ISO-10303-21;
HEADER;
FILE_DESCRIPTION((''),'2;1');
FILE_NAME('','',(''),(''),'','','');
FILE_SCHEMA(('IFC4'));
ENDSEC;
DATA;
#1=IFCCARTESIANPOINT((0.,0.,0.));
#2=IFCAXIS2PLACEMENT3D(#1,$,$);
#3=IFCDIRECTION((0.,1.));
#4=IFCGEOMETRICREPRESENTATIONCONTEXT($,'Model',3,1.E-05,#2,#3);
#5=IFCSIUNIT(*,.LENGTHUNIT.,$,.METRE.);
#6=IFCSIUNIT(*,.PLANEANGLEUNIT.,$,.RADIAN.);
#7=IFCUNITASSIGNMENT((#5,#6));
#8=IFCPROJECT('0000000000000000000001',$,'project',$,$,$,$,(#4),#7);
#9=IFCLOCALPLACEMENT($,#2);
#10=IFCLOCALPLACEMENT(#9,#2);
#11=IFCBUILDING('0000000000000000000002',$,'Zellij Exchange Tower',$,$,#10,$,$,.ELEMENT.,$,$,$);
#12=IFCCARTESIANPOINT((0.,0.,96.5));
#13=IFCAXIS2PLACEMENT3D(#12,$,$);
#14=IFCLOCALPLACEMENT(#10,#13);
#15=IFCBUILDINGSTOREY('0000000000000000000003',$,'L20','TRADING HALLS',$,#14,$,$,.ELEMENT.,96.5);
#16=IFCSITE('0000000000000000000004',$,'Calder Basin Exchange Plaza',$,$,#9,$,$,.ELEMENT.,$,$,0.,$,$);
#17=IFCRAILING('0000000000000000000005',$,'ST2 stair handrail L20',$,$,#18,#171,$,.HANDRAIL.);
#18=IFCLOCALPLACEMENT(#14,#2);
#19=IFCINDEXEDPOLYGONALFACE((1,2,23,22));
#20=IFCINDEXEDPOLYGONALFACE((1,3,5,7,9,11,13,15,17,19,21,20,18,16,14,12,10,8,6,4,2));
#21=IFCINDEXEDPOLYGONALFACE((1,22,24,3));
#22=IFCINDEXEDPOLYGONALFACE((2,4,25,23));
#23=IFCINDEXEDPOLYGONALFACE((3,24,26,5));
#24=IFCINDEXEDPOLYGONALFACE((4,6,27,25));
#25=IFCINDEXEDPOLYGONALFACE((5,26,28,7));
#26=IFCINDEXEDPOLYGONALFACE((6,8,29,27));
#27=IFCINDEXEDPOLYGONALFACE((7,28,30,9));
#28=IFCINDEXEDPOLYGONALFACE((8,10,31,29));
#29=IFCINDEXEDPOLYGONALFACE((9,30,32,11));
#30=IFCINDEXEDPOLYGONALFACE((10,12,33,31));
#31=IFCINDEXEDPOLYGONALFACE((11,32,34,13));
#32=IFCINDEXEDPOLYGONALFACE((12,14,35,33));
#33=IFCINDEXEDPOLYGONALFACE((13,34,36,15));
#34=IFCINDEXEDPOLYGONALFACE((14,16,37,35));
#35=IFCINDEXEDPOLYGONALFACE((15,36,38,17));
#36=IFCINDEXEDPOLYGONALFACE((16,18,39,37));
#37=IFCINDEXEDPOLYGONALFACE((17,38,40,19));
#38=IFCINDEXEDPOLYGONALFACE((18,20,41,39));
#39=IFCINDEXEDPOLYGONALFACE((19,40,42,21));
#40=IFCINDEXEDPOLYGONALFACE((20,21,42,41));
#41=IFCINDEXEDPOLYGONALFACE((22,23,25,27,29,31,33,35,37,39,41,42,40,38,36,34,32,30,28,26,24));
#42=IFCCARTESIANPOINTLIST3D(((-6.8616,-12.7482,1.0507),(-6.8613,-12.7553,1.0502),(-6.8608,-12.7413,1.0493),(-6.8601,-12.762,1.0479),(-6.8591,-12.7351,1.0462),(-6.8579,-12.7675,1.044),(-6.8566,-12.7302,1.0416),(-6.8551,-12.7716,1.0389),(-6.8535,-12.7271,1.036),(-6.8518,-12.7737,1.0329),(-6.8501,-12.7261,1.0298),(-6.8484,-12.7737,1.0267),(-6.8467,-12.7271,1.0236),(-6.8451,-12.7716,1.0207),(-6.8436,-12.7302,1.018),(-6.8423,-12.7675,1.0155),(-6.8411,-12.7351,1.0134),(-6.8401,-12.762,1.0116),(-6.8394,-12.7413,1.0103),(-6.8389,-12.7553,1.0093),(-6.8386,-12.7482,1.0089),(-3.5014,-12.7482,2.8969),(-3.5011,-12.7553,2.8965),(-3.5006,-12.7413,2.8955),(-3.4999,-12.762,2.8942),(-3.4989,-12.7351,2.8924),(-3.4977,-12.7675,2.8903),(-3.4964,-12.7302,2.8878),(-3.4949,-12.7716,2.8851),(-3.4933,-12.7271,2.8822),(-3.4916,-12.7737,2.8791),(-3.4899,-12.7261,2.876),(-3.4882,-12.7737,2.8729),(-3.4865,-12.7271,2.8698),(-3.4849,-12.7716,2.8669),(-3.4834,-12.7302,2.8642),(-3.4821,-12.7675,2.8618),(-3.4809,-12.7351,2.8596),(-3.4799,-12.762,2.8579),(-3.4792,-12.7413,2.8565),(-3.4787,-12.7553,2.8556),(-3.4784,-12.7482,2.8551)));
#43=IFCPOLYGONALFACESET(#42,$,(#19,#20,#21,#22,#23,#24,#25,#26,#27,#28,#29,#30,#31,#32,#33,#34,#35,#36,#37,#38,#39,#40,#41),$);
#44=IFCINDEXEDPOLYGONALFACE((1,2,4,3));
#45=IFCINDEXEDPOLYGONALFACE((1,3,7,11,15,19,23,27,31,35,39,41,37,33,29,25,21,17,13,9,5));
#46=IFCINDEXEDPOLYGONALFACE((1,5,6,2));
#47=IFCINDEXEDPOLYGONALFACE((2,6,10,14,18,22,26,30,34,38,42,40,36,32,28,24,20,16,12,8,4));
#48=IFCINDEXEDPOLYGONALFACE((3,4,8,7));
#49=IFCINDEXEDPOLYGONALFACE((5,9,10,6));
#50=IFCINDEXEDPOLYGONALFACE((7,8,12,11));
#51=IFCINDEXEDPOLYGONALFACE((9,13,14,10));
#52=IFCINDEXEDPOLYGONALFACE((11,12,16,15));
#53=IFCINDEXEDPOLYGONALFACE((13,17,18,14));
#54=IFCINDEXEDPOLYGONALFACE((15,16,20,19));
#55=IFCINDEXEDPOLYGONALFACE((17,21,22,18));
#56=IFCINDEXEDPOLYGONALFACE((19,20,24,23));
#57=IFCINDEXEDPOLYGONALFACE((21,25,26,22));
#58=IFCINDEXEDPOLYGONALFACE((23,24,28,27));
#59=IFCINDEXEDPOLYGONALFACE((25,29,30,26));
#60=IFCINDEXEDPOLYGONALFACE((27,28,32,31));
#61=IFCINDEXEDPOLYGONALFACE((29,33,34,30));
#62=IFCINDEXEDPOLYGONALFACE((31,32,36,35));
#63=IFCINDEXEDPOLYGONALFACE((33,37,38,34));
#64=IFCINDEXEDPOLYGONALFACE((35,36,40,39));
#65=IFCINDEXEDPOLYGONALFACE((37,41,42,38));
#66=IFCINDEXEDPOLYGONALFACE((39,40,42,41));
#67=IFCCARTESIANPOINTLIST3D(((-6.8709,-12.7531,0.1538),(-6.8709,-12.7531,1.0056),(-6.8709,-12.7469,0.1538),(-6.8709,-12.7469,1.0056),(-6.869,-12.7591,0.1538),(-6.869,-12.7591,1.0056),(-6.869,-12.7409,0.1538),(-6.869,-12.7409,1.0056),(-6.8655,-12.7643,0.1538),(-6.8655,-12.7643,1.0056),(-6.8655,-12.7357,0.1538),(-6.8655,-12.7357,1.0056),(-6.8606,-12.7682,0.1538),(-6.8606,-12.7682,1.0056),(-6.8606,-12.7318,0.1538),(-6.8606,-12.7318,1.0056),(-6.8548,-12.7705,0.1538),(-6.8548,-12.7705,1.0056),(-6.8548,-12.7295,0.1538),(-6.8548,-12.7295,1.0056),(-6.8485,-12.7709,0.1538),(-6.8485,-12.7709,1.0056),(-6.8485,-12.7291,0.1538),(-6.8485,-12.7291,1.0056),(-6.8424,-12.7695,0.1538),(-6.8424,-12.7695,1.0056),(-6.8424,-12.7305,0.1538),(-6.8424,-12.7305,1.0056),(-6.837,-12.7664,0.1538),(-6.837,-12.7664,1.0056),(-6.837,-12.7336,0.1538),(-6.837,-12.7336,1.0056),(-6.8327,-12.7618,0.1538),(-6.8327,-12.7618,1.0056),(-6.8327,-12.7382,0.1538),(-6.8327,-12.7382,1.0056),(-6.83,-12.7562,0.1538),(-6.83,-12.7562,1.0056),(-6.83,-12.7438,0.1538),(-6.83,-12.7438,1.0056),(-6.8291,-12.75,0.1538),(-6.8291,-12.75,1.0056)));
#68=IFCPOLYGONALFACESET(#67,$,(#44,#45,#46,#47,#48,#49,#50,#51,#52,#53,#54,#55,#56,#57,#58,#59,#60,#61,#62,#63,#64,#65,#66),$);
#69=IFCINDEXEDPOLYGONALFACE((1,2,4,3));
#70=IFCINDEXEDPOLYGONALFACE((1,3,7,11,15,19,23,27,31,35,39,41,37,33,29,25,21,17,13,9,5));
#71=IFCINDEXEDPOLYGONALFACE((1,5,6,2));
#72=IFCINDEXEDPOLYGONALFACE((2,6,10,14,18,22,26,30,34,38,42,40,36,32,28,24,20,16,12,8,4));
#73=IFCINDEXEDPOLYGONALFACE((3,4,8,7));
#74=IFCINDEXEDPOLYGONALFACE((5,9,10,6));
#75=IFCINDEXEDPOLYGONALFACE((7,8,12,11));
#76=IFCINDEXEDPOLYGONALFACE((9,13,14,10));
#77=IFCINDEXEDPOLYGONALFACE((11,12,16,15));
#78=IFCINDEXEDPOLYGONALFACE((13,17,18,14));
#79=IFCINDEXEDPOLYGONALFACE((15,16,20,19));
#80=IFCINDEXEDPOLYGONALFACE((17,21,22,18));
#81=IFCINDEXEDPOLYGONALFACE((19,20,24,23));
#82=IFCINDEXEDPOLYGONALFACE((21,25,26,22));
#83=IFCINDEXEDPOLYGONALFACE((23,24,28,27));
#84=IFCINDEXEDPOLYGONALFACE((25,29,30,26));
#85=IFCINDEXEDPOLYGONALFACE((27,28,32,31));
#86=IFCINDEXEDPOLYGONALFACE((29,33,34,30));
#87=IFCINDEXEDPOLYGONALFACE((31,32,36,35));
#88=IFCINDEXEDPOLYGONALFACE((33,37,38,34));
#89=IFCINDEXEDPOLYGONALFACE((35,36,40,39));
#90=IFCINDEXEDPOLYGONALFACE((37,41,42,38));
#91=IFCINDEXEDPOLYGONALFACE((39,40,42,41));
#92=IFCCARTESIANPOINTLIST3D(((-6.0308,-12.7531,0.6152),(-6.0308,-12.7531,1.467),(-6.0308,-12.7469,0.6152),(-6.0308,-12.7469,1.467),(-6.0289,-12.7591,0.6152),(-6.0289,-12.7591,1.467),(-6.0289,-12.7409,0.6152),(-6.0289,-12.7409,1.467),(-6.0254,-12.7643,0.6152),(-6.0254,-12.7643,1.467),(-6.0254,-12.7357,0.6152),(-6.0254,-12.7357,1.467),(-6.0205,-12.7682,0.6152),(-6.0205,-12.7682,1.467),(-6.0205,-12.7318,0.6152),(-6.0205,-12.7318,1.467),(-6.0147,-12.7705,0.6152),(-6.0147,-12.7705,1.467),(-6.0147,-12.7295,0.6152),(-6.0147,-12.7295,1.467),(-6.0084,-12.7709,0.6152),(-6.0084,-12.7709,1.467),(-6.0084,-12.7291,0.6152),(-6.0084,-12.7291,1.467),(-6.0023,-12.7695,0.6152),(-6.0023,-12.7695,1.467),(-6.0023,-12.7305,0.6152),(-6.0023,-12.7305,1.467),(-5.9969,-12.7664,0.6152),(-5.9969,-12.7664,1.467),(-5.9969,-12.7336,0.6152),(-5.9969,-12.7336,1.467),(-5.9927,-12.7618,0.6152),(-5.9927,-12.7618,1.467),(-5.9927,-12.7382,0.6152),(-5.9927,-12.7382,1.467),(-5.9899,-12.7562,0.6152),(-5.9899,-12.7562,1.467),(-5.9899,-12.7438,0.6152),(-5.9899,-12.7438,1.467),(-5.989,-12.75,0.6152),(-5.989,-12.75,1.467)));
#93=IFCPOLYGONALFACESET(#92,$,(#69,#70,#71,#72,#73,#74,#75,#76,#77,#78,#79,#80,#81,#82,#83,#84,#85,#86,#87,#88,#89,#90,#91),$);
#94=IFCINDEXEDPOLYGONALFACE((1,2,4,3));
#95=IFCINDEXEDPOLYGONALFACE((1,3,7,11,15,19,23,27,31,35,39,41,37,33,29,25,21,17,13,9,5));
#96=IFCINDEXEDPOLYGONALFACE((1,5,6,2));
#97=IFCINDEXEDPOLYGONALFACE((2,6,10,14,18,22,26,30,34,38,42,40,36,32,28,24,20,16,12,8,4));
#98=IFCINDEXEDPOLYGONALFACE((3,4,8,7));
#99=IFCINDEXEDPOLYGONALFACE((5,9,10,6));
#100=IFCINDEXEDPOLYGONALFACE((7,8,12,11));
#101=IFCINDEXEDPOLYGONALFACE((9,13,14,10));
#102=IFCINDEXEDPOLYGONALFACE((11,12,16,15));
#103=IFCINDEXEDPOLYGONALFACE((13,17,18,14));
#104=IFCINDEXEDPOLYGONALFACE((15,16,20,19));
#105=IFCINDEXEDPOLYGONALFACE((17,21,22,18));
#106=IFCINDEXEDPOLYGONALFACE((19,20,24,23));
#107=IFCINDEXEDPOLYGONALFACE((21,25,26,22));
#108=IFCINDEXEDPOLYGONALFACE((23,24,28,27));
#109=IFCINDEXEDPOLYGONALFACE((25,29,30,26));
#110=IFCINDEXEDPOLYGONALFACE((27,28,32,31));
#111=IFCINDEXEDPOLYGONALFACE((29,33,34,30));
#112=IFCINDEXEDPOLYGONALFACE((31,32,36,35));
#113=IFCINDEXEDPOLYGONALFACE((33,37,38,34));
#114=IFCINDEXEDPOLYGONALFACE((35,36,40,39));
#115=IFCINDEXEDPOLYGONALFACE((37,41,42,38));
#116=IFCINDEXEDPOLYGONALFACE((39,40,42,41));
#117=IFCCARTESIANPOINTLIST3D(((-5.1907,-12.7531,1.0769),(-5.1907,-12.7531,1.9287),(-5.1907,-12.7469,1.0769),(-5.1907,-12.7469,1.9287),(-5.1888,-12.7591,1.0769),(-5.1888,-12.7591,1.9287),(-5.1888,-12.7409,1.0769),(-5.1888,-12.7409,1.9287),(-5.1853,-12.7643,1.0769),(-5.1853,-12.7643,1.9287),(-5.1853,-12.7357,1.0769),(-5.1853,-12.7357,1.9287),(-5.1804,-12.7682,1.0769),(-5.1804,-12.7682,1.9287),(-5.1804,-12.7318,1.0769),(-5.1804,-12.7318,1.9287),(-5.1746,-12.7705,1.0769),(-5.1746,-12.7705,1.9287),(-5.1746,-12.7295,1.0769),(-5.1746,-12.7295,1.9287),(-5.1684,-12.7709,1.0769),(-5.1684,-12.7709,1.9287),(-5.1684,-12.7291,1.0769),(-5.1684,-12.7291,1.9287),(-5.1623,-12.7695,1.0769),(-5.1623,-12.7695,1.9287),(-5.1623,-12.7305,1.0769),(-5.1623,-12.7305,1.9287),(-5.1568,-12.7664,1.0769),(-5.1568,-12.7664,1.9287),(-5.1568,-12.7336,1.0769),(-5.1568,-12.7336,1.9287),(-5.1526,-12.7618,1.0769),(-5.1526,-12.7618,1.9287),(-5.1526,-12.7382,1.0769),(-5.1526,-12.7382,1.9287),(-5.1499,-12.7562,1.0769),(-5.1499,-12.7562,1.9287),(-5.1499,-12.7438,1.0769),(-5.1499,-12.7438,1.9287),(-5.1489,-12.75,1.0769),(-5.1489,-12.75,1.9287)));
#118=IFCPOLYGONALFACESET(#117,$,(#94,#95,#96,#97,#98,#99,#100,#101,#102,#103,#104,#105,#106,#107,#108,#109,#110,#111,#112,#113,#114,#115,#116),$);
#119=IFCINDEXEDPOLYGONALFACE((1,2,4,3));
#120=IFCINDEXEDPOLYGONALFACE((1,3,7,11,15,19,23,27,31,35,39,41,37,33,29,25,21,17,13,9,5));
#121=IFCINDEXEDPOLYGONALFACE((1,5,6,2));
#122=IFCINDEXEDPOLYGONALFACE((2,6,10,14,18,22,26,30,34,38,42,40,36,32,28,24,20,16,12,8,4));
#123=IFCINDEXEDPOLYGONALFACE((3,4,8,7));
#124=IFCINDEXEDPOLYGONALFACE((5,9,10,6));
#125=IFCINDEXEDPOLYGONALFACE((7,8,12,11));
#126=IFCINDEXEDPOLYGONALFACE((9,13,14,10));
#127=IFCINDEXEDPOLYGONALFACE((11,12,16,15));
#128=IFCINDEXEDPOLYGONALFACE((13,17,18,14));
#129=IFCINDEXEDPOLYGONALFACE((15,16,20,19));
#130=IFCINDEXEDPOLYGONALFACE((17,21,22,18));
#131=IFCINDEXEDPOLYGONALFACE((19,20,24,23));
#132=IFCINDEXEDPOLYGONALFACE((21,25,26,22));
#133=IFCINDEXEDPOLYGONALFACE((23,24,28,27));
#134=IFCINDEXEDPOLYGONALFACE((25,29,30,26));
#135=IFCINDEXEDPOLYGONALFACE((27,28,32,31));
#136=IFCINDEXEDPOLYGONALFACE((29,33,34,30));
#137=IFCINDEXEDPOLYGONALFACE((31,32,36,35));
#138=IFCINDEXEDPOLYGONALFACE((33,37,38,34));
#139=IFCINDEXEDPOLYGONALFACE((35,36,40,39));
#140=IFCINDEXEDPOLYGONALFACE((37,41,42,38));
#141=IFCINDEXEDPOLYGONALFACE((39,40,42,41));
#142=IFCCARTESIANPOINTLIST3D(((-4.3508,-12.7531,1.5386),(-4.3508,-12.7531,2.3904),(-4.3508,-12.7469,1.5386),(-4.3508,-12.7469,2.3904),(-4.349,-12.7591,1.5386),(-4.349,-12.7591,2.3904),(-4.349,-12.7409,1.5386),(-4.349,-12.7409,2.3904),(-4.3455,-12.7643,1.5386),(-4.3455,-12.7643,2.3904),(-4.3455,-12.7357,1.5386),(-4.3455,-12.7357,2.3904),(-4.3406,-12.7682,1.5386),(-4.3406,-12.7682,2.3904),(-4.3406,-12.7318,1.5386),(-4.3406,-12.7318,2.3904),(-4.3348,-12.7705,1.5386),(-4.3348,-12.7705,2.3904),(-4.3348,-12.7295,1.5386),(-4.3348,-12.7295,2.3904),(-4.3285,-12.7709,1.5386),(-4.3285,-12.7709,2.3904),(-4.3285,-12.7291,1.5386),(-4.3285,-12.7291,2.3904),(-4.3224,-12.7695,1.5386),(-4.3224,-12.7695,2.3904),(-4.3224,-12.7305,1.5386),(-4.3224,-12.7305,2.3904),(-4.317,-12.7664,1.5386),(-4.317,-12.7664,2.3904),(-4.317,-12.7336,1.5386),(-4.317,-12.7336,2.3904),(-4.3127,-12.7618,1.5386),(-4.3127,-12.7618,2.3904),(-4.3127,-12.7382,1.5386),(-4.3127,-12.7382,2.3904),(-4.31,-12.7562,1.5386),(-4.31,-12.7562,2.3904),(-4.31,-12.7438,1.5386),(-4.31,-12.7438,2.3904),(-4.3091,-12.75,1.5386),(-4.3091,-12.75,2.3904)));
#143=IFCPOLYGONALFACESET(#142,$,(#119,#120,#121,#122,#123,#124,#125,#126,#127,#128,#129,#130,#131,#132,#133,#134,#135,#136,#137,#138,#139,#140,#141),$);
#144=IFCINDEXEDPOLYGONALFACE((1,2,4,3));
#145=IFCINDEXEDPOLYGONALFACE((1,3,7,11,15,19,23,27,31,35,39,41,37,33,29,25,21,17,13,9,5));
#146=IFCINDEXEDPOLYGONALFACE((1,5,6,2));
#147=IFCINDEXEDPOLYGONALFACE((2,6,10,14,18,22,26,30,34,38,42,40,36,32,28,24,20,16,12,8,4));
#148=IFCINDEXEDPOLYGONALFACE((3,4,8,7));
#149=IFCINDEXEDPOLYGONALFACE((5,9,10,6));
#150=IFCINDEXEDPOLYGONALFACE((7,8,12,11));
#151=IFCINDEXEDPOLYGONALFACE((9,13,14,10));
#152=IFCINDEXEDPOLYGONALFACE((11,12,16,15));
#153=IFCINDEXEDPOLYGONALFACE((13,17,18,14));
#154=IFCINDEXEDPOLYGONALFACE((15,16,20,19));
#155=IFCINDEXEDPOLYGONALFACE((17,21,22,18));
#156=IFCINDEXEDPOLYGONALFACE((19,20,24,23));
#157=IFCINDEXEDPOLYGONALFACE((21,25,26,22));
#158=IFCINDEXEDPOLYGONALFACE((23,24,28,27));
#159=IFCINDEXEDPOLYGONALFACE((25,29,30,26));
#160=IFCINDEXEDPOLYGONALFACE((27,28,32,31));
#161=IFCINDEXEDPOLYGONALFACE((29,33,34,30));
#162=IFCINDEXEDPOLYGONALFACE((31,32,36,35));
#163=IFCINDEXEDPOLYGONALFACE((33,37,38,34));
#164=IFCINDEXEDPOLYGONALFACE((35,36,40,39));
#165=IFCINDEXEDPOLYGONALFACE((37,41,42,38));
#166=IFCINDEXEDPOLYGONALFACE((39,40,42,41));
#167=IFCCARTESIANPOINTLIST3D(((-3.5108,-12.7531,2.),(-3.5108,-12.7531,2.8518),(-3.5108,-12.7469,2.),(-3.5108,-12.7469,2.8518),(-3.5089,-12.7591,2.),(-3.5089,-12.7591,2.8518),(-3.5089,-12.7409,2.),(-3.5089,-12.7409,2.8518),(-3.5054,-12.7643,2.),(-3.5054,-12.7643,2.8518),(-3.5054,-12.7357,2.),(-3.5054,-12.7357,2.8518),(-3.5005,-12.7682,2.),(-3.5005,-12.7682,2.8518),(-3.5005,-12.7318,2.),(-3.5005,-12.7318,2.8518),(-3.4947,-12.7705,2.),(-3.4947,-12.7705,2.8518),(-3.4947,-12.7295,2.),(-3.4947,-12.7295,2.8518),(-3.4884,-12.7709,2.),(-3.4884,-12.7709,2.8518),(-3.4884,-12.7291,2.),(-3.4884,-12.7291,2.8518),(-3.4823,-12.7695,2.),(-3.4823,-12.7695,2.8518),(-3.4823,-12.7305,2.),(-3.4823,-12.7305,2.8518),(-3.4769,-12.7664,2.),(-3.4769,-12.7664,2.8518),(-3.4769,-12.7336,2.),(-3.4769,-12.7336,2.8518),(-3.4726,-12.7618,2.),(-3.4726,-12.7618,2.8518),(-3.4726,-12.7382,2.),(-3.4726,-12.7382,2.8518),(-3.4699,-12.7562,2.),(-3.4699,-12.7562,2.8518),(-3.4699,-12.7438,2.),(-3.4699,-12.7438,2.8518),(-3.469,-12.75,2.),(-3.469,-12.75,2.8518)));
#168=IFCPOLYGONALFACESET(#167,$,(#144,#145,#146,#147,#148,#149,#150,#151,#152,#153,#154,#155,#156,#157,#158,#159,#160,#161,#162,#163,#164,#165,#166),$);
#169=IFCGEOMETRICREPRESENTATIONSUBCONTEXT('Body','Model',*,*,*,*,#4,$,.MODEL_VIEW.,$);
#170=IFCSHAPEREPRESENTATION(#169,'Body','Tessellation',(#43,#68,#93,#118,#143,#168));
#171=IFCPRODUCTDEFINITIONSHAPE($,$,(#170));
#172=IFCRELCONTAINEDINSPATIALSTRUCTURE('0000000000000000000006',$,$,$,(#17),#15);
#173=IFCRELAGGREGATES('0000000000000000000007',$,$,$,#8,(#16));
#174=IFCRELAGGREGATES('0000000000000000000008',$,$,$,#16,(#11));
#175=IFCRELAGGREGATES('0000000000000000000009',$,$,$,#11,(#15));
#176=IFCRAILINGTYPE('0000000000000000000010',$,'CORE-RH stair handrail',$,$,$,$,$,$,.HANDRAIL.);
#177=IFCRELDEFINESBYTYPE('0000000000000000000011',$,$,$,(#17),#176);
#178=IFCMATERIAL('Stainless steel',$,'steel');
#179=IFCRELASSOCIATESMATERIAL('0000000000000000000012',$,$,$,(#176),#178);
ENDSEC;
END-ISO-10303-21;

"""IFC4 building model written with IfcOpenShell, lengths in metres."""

from ifc_helpers import new_model, si_unit, direction, frame, origin, origin_2d, place, context, subcontext, project, spatial, circle, extrude, material, type_object, element, save


model = new_model("IFC4")

# Units and contexts
model_context = context("Model", 3, precision=1e-05, world=origin(), true_north=direction((0.0, 1.0)))
body_context = subcontext(model_context, "Body", "Model", "MODEL_VIEW")
ifc_project = project(units=[si_unit("LENGTHUNIT", "METRE"), si_unit("PLANEANGLEUNIT", "RADIAN")], contexts=[model_context])

# Site, building, storey
site_placement = place(None, origin())
site = spatial("IfcSite", under=ifc_project, at=site_placement, Name="Calder Basin Exchange Plaza", CompositionType="ELEMENT", RefElevation=0.0)
building_placement = place(site_placement, origin())
building = spatial("IfcBuilding", under=site, at=building_placement, Name="Zellij Exchange Tower", CompositionType="ELEMENT")
storey_placement = place(building_placement, frame((0.0, 0.0, 96.5)))
storey = spatial("IfcBuildingStorey", under=building, at=storey_placement, Name="L20", Description="TRADING HALLS", CompositionType="ELEMENT", Elevation=96.5)

# Railing
ifc_material_1 = material(Name="Stainless steel", Category="steel")
railing_type_1 = type_object("IfcRailingType", Name="CORE-RH stair handrail", PredefinedType="HANDRAIL", material=ifc_material_1)
railing_1_placement = place(storey_placement, frame((-6.8501, -12.75, 0.1538)))
element("IfcRailing", 1, at=railing_1_placement, inside=storey, type_object=railing_type_1, Name="ST2 stair handrail L20", PredefinedType="HANDRAIL", context=body_context, shape_type="SweptSolid", body=[
    extrude(circle(Radius=0.0239, at=origin_2d()), frame((0.0, 0.0, 0.876), z_axis=(0.876422, 0.0, 0.481545), x_axis=(0.0, 1.0, 0.0)), (0.0, 0.0, 1.0), 3.834),
    extrude(circle(Radius=0.021, at=origin_2d()), origin(), (0.0, 0.0, 1.0), 0.8518),
    extrude(circle(Radius=0.021, at=origin_2d()), frame((0.8401, 0.0, 0.4614)), (0.0, 0.0, 1.0), 0.8518),
    extrude(circle(Radius=0.021, at=origin_2d()), frame((1.6802, 0.0, 0.9231)), (0.0, 0.0, 1.0), 0.8518),
    extrude(circle(Radius=0.021, at=origin_2d()), frame((2.52, 0.0, 1.3848)), (0.0, 0.0, 1.0), 0.8518),
    extrude(circle(Radius=0.021, at=origin_2d()), frame((3.3601, 0.0, 1.8462)), (0.0, 0.0, 1.0), 0.8518),
])

save(model, "model.ifc")
